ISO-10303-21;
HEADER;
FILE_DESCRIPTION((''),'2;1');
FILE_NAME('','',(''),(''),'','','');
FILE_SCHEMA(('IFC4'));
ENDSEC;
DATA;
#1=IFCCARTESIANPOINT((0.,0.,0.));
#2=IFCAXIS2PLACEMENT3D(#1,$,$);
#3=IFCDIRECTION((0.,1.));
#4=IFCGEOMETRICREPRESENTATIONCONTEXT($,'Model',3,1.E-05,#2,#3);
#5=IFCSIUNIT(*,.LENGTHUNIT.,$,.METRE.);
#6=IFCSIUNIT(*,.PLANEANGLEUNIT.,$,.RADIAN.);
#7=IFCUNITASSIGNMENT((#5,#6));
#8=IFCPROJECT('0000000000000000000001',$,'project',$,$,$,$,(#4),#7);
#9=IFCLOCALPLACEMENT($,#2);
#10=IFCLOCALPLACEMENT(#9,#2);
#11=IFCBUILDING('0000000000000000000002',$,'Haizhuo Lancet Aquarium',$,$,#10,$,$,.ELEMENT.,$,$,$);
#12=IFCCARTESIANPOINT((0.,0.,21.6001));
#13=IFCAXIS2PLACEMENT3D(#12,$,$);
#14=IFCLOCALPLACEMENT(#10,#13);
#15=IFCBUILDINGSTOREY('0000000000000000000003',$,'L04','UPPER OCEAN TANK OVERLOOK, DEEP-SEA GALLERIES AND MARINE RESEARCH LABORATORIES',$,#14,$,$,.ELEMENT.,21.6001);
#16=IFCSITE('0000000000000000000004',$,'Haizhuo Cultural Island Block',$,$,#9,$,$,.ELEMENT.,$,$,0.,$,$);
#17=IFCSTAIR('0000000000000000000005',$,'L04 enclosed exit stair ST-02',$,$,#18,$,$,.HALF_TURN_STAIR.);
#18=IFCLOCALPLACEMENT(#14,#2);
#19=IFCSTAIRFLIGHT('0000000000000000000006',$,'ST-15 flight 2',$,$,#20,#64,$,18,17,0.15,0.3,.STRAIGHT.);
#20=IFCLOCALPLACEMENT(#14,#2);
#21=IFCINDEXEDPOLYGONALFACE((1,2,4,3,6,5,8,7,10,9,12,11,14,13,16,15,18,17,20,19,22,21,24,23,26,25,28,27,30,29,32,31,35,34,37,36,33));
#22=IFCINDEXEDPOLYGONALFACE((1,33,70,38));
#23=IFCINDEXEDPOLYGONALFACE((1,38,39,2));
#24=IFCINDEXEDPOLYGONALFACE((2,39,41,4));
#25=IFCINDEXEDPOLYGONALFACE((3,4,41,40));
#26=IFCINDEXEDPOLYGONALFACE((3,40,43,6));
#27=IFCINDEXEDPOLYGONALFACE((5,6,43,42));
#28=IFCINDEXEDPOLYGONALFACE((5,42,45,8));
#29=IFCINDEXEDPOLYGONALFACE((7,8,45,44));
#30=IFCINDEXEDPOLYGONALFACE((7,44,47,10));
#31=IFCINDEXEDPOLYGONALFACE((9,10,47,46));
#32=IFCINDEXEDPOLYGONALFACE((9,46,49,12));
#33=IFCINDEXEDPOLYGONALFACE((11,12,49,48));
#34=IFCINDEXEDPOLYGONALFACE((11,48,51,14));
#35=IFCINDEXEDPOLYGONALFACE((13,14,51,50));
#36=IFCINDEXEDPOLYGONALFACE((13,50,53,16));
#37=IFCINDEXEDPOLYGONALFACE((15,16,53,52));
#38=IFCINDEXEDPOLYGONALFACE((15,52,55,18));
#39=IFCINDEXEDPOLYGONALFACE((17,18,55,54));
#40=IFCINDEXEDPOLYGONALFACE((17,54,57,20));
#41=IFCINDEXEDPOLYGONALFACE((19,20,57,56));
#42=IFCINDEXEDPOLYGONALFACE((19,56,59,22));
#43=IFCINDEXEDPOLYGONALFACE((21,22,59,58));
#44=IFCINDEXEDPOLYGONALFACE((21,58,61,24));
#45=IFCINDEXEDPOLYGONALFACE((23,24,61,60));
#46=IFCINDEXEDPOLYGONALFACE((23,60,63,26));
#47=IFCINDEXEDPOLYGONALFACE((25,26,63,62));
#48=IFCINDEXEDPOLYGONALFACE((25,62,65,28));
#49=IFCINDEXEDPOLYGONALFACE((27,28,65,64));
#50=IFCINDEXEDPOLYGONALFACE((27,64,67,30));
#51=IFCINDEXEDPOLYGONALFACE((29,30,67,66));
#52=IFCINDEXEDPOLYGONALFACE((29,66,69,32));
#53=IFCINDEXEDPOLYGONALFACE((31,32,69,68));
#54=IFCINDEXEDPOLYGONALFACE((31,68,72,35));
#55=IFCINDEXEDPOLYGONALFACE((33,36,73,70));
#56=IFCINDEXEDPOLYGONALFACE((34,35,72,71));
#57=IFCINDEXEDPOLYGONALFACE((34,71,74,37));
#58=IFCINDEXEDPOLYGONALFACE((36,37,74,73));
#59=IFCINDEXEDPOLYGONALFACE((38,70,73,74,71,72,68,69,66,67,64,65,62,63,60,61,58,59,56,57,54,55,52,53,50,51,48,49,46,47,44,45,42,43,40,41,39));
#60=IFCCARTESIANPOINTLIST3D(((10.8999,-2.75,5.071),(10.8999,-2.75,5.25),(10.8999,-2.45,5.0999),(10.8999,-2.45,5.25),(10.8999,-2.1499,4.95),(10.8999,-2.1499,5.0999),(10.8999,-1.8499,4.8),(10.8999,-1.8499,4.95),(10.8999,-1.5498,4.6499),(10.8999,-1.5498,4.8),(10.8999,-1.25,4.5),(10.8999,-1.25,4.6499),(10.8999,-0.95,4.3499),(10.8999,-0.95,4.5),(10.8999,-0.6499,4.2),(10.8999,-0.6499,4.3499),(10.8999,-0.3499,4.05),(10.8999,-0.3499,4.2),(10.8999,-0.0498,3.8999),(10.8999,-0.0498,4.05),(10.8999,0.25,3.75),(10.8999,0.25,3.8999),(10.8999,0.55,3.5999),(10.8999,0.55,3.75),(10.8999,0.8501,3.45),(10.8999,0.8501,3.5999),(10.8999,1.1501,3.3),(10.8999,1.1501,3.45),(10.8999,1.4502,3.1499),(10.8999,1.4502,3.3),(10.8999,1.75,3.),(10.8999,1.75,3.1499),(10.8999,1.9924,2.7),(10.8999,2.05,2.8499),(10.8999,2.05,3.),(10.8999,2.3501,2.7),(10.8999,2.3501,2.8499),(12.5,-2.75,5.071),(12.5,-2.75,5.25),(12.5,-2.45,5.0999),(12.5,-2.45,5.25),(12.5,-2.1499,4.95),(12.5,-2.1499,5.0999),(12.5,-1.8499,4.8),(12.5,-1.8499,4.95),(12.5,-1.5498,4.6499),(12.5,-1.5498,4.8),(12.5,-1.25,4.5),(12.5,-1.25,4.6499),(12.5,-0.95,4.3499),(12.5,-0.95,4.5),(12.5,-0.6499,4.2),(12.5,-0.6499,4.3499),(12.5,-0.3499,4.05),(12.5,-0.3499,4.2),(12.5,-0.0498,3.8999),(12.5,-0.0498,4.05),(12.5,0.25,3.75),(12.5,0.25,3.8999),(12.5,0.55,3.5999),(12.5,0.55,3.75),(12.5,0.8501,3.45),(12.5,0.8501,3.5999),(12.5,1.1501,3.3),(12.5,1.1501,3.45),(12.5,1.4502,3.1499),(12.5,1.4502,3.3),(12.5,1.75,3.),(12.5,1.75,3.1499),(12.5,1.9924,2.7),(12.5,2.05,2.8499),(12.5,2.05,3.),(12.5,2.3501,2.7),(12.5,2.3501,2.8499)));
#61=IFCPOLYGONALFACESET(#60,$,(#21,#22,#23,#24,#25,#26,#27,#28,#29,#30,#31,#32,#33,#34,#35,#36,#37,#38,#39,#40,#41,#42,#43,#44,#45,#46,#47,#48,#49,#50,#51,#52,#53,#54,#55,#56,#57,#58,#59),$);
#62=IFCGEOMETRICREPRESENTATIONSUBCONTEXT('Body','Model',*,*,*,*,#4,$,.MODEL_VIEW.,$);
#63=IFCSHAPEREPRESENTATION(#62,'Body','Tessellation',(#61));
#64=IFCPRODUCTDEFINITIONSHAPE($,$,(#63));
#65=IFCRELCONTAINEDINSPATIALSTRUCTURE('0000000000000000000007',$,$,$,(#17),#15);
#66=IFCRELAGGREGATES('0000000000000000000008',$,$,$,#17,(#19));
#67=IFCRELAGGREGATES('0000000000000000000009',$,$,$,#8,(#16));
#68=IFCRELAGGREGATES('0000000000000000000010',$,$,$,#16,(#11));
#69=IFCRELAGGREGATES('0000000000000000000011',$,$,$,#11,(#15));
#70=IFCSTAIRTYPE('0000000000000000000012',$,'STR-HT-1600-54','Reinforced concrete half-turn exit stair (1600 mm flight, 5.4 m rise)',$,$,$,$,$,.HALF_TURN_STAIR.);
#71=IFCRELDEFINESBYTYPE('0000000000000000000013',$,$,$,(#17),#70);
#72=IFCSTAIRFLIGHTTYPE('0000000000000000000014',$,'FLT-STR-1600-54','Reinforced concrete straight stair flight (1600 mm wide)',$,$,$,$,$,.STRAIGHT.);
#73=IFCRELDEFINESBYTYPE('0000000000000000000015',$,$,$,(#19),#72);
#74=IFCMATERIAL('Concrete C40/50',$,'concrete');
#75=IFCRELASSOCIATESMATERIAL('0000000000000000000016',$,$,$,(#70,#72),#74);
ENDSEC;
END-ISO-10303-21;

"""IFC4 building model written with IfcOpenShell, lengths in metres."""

from ifc_helpers import new_model, si_unit, direction, frame, origin, place, context, subcontext, project, spatial, polyline, outline, extrude, material, type_object, element, aggregate, save


model = new_model("IFC4")

# Units and contexts
model_context = context("Model", 3, precision=1e-05, world=origin(), true_north=direction((0.0, 1.0)))
body_context = subcontext(model_context, "Body", "Model", "MODEL_VIEW")
ifc_project = project(units=[si_unit("LENGTHUNIT", "METRE"), si_unit("PLANEANGLEUNIT", "RADIAN")], contexts=[model_context])

# Site, building, storey
site_placement = place(None, origin())
site = spatial("IfcSite", under=ifc_project, at=site_placement, Name="Haizhuo Cultural Island Block", CompositionType="ELEMENT", RefElevation=0.0)
building_placement = place(site_placement, origin())
building = spatial("IfcBuilding", under=site, at=building_placement, Name="Haizhuo Lancet Aquarium", CompositionType="ELEMENT")
storey_placement = place(building_placement, frame((0.0, 0.0, 21.6001)))
storey = spatial("IfcBuildingStorey", under=building, at=storey_placement, Name="L04", Description="UPPER OCEAN TANK OVERLOOK, DEEP-SEA GALLERIES AND MARINE RESEARCH LABORATORIES", CompositionType="ELEMENT", Elevation=21.6001)

# Shared definitions
ifc_material_1 = material(Name="Concrete C40/50", Category="concrete")

# Stair, stair flight
stair_type = type_object("IfcStairType", Name="STR-HT-1600-54", Description="Reinforced concrete half-turn exit stair (1600 mm flight, 5.4 m rise)", PredefinedType="HALF_TURN_STAIR", material=ifc_material_1)
stair_placement = place(storey_placement, origin())
stair = element("IfcStair", 1, at=stair_placement, inside=storey, type_object=stair_type, Name="L04 enclosed exit stair ST-02", PredefinedType="HALF_TURN_STAIR")
stair_flight_type = type_object("IfcStairFlightType", Name="FLT-STR-1600-54", Description="Reinforced concrete straight stair flight (1600 mm wide)", PredefinedType="STRAIGHT", material=ifc_material_1)
stair_flight_1_placement = place(storey_placement, frame((11.7, 2.3501, 2.7), z_axis=(0.0, 0.0, 1.0), x_axis=(0.0, -1.0, 0.0)))
stair_flight_1 = element("IfcStairFlight", 2, at=stair_flight_1_placement, type_object=stair_flight_type, Name="ST-15 flight 2", NumberOfRisers=18, NumberOfTreads=17, PredefinedType="STRAIGHT", RiserHeight=0.15, TreadLength=0.3, context=body_context, shape_type="SweptSolid", body=[
    extrude(outline(polyline([(0.0, 0.0), (0.0, 0.1499), (0.3, 0.1499), (0.3, 0.3), (0.6001, 0.3), (0.6001, 0.45), (0.8999, 0.45), (0.8999, 0.6001), (1.2, 0.6001), (1.2, 0.75), (1.5, 0.75), (1.5, 0.8999), (1.8, 0.8999), (1.8, 1.05), (2.1001, 1.05), (2.1001, 1.2), (2.3999, 1.2), (2.3999, 1.3501), (2.7, 1.3501), (2.7, 1.5), (3.0, 1.5), (3.0, 1.6499), (3.3, 1.6499), (3.3, 1.8), (3.6001, 1.8), (3.6001, 1.95), (3.8999, 1.95), (3.8999, 2.1001), (4.2, 2.1001), (4.2, 2.25), (4.5, 2.25), (4.5, 2.3999), (4.8, 2.3999), (4.8, 2.55), (5.1001, 2.55), (5.1001, 2.7), (5.1001, 2.3711), (0.3577, 0.0), (0.0, 0.0)])), frame((0.0, 0.8, 0.0), z_axis=(0.0, -1.0, 0.0), x_axis=(1.0, 0.0, 0.0)), (0.0, 0.0, 1.0), 1.6001),
])
aggregate(stair, [stair_flight_1])

save(model, "model.ifc")
